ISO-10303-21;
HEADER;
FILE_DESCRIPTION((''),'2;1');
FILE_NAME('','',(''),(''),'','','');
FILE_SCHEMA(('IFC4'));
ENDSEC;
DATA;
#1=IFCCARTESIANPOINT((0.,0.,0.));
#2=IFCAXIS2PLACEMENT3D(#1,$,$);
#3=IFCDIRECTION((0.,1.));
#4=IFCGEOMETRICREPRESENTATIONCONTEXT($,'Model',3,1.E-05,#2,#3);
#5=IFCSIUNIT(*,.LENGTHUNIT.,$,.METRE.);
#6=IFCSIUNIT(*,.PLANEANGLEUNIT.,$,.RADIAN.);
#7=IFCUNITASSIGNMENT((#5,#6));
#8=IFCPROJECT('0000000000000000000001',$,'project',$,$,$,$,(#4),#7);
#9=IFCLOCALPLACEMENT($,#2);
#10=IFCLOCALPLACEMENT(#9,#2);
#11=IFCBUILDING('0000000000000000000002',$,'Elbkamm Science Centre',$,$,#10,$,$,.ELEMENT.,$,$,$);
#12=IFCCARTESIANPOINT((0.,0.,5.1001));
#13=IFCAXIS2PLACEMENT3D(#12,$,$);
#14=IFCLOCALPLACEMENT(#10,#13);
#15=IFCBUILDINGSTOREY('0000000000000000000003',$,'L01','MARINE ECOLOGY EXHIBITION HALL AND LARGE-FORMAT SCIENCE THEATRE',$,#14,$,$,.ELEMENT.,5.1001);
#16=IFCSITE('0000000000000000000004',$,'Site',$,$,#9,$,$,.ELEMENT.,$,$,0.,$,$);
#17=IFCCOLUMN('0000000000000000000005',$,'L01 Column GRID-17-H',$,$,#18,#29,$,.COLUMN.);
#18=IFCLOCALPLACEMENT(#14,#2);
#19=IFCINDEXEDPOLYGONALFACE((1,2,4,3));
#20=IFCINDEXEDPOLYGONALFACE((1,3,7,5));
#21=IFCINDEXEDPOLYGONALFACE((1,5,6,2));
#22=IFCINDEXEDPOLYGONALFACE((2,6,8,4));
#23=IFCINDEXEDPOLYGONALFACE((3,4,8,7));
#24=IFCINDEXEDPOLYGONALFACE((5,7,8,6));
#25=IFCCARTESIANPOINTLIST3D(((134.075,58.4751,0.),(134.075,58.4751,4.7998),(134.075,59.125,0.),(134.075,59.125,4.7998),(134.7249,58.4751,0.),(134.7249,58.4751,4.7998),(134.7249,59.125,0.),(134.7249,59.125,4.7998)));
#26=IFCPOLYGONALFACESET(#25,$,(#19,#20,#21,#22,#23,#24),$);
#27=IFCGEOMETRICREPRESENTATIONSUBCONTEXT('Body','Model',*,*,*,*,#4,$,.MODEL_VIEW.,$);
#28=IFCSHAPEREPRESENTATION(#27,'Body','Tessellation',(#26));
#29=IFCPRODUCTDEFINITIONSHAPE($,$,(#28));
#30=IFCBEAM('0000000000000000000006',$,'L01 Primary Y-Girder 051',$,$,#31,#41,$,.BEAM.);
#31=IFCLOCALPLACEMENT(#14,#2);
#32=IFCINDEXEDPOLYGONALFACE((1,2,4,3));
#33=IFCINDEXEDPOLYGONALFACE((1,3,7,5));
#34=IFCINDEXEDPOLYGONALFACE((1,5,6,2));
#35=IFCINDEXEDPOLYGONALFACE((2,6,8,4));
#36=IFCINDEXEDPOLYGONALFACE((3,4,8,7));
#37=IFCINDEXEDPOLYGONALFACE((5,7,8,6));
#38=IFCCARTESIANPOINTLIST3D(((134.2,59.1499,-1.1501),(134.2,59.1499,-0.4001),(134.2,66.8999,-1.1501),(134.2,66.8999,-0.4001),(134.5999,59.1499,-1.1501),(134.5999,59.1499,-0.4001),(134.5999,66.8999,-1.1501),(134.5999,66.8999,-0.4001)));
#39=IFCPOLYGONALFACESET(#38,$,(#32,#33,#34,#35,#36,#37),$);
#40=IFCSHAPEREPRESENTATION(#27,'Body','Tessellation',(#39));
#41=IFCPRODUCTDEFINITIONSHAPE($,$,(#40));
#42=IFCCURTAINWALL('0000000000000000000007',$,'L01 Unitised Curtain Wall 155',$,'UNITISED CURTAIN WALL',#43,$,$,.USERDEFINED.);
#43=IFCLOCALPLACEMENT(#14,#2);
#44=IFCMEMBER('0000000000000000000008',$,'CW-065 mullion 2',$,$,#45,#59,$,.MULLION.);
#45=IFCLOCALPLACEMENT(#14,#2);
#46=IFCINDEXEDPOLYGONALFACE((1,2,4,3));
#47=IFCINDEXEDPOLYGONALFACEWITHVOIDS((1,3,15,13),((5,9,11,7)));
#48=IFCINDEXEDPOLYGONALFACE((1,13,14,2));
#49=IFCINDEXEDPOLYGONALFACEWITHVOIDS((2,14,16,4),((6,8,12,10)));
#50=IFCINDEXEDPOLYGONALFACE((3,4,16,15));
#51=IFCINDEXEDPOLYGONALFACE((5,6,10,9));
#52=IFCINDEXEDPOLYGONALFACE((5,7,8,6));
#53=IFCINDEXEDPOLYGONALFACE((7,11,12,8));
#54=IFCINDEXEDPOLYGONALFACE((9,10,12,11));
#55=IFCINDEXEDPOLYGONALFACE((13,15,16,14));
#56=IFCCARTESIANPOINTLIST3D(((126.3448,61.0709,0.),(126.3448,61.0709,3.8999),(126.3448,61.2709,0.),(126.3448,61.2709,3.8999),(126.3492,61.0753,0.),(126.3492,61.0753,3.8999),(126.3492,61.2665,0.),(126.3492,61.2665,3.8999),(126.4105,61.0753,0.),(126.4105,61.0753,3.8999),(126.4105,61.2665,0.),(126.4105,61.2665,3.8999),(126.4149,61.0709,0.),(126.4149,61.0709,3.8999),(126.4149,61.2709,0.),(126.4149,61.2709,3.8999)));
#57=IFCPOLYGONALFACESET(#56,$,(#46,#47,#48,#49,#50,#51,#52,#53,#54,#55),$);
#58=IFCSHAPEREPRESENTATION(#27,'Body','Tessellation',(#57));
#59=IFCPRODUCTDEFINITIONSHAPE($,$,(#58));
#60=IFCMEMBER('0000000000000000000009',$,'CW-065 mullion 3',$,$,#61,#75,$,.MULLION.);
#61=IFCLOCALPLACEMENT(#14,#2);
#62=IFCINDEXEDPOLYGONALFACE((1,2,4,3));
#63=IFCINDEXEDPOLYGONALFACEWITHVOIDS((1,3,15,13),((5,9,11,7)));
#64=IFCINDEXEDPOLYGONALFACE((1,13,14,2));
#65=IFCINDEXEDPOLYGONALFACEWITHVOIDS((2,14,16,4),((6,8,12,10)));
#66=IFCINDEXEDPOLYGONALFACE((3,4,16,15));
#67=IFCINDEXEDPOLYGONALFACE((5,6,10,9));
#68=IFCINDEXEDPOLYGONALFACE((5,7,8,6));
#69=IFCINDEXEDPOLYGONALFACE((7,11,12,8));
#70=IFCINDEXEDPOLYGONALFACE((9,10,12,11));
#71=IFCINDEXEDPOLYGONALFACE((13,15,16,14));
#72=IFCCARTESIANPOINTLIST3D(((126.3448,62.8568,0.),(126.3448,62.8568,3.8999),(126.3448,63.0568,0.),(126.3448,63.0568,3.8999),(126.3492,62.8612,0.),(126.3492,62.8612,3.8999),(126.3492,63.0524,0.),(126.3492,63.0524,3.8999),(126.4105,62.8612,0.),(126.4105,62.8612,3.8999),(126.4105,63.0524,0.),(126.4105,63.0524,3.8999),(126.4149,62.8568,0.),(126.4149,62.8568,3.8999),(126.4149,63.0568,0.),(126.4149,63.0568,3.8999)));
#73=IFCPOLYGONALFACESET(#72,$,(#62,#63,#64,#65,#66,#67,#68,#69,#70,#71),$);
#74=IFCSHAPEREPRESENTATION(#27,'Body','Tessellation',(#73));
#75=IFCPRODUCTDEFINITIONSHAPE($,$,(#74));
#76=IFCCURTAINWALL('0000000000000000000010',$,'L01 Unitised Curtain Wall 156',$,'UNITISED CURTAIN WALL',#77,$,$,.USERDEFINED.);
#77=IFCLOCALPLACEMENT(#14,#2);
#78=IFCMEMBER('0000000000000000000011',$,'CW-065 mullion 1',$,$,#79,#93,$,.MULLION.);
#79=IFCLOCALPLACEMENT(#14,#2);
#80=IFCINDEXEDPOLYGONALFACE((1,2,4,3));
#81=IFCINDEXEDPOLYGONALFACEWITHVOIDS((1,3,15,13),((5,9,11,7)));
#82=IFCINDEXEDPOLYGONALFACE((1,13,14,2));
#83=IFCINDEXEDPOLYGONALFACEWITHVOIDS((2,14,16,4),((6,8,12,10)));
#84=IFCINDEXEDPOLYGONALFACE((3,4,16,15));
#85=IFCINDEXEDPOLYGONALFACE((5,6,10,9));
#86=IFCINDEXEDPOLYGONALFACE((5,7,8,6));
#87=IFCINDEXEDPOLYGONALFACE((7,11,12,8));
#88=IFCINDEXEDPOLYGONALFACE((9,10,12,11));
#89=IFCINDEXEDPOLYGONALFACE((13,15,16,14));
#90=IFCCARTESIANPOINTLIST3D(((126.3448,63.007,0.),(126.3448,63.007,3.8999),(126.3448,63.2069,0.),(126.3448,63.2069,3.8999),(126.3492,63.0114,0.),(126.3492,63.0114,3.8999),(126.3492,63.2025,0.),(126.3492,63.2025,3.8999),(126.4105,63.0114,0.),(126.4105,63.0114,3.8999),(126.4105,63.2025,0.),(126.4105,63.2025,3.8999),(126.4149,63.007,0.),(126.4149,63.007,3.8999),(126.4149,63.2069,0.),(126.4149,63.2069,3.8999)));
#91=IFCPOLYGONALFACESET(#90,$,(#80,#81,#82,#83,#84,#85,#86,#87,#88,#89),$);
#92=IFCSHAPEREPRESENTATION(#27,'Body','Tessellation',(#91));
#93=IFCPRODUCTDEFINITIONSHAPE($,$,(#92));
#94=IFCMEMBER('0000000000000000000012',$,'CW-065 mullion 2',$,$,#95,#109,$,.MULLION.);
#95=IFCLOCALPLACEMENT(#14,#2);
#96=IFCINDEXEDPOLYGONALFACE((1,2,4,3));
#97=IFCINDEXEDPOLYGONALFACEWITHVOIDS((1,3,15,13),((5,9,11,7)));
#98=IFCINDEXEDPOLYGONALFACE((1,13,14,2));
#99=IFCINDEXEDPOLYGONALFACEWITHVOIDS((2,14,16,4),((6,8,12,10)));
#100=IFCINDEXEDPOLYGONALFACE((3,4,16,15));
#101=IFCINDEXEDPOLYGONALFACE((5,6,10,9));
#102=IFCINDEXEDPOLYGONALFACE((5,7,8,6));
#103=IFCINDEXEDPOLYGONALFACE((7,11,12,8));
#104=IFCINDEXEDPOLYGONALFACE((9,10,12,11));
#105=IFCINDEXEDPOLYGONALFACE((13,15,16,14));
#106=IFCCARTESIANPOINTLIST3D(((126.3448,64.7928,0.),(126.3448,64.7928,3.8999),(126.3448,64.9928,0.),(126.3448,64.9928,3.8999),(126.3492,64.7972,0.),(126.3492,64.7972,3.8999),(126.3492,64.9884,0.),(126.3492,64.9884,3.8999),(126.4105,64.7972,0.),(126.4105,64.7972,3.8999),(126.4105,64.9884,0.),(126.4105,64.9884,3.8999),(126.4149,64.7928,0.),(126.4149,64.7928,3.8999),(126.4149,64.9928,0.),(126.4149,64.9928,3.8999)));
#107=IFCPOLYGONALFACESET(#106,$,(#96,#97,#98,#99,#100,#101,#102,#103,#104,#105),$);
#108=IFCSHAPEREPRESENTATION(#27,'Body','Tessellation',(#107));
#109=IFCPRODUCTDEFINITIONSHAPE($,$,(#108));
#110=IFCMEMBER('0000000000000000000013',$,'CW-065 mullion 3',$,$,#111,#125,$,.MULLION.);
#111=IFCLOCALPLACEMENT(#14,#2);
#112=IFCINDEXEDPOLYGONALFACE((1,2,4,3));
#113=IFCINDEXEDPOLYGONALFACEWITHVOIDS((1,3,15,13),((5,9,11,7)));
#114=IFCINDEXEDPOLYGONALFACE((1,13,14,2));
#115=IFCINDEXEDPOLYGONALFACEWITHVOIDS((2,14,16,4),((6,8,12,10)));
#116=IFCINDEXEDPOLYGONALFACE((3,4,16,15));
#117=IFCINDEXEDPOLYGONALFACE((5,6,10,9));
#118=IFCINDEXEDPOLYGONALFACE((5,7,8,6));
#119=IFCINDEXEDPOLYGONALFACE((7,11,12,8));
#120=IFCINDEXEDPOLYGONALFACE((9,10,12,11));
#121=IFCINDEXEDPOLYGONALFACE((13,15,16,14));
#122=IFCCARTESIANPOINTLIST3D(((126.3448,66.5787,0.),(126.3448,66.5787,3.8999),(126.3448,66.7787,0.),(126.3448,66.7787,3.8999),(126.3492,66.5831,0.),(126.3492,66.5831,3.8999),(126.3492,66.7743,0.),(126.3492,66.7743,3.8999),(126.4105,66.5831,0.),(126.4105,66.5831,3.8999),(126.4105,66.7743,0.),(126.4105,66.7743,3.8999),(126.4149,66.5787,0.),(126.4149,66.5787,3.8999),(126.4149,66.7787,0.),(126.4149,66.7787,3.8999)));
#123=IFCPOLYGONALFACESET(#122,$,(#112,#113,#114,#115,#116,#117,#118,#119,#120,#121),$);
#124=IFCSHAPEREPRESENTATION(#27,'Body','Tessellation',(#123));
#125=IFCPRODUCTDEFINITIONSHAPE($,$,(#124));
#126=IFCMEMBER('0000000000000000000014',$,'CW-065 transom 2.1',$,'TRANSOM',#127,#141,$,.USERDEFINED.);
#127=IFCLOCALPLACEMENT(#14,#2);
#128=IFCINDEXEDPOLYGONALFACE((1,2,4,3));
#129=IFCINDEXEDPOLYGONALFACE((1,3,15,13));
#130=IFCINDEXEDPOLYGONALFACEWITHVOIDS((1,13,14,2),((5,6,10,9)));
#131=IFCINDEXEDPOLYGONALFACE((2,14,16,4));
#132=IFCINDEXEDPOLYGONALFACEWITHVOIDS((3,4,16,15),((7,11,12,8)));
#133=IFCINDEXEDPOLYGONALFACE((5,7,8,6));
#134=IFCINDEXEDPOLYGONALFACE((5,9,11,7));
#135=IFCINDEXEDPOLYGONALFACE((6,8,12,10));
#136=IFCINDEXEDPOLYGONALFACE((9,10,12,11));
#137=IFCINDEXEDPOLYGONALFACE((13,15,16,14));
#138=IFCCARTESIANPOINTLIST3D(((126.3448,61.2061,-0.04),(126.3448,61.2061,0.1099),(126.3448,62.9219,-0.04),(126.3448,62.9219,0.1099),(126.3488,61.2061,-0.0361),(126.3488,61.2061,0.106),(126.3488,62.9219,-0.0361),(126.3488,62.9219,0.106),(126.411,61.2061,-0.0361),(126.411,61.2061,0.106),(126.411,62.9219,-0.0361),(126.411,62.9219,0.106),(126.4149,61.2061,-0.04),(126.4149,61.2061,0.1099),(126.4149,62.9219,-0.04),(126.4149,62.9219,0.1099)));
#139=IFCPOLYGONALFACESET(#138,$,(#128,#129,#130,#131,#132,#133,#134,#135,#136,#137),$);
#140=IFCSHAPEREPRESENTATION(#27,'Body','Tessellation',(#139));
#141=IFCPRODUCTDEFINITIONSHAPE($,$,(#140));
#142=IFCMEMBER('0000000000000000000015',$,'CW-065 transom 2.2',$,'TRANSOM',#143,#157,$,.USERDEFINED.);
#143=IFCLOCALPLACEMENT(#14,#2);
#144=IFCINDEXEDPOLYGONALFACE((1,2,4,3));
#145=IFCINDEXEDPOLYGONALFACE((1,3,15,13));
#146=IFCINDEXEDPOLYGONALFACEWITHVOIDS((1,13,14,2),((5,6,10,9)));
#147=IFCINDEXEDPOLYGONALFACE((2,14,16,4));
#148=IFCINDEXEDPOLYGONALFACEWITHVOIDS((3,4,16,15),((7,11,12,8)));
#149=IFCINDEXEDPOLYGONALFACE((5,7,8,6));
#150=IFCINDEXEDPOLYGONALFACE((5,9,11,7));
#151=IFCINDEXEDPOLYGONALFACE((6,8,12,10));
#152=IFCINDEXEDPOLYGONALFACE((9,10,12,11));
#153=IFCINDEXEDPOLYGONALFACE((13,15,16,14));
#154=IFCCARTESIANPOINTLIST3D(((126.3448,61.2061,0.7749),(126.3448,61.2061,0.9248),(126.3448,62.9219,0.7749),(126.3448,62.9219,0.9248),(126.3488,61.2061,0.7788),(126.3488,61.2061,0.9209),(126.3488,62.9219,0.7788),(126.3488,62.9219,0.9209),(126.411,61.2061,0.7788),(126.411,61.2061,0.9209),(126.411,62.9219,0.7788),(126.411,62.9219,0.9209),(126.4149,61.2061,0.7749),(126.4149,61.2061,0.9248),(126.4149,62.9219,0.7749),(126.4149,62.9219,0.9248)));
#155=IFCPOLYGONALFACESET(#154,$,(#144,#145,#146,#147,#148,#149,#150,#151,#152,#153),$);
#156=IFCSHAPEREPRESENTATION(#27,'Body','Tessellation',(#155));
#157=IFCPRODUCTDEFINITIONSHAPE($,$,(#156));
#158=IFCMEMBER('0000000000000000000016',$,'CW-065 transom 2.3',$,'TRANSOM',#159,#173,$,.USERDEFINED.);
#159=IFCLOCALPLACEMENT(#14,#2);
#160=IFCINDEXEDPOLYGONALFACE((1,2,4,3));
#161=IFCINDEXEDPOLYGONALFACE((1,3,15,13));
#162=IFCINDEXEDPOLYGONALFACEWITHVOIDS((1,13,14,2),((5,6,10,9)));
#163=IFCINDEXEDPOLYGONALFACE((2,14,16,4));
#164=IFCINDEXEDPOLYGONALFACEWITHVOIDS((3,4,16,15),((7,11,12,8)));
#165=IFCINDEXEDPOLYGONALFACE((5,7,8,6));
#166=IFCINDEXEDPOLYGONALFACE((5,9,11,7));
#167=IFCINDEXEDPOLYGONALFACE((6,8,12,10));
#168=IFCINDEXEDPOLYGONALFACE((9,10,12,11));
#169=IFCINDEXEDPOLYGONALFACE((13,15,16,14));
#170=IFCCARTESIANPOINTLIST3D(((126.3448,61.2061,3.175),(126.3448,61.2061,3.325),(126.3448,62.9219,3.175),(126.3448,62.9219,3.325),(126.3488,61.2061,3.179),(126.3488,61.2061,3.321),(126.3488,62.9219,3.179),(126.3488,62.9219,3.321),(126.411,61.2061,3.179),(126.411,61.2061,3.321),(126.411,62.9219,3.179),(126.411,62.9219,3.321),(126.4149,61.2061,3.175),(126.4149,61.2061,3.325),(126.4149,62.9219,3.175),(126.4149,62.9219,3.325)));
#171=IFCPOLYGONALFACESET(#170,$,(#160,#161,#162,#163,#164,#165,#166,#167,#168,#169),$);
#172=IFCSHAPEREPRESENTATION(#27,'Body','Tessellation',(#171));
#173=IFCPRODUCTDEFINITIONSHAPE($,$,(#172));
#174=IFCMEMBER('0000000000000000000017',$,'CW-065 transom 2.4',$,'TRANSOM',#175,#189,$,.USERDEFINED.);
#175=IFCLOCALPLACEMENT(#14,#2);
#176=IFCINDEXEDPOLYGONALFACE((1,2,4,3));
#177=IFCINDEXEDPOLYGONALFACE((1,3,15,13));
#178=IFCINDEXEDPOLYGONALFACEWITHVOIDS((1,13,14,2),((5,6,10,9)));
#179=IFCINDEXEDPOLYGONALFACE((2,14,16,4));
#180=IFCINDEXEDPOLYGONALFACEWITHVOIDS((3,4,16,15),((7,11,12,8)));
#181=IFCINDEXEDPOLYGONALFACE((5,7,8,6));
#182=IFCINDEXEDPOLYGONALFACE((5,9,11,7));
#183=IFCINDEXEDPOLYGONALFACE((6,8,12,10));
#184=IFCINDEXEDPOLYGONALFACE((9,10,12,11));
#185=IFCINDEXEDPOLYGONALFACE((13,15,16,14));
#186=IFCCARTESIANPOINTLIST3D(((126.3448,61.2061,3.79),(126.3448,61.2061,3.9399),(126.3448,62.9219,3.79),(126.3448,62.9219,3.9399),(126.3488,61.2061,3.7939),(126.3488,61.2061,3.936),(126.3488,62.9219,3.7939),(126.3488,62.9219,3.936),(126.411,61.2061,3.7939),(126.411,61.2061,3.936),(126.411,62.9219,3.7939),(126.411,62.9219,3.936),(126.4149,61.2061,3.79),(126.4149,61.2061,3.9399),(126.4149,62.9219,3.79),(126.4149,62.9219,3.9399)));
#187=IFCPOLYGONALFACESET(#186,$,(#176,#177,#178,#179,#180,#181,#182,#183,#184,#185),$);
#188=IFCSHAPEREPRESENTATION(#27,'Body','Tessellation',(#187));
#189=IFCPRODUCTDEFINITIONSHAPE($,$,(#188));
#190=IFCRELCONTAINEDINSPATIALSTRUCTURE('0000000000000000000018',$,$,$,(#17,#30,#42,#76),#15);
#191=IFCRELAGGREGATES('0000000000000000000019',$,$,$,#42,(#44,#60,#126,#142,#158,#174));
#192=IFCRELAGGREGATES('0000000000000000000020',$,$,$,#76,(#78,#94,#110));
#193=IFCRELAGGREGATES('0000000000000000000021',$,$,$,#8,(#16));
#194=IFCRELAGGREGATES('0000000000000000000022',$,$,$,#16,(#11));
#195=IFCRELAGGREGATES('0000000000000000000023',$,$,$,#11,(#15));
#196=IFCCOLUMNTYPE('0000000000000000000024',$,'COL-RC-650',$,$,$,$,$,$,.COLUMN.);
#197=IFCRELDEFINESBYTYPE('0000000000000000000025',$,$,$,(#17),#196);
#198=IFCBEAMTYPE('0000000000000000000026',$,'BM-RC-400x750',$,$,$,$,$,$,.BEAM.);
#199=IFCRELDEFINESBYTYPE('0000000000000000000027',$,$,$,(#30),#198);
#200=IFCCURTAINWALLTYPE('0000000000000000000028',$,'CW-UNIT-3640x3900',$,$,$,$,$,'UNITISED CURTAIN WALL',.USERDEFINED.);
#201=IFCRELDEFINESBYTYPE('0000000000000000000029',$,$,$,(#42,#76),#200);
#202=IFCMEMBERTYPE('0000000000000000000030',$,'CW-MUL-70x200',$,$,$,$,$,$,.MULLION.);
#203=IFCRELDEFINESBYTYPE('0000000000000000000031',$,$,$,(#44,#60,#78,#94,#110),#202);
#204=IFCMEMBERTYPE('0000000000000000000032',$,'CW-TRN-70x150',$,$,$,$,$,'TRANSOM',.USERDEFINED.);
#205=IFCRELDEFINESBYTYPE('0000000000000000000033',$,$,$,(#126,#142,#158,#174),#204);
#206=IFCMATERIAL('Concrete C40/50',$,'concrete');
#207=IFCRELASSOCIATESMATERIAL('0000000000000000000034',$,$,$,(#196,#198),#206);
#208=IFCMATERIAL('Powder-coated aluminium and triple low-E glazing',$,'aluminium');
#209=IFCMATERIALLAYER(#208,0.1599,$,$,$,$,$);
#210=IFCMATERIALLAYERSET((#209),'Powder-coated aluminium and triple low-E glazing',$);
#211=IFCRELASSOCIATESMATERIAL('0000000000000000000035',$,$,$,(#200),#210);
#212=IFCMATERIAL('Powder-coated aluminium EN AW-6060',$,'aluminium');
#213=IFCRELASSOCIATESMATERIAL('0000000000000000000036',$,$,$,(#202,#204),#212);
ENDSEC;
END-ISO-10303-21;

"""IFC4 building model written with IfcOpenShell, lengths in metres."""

from ifc_helpers import new_model, si_unit, direction, frame, origin, origin_2d, place, context, subcontext, project, spatial, rectangle, hollow_rectangle, extrude, material, layer, layer_set, material_profile, profile_set, type_object, element, aggregate, save


model = new_model("IFC4")

# Units and contexts
model_context = context("Model", 3, precision=1e-05, world=origin(), true_north=direction((0.0, 1.0)))
body_context = subcontext(model_context, "Body", "Model", "MODEL_VIEW")
ifc_project = project(units=[si_unit("LENGTHUNIT", "METRE"), si_unit("PLANEANGLEUNIT", "RADIAN")], contexts=[model_context])

# Site, building, storey
site_placement = place(None, origin())
site = spatial("IfcSite", under=ifc_project, at=site_placement, Name="Site", CompositionType="ELEMENT", RefElevation=0.0)
building_placement = place(site_placement, origin())
building = spatial("IfcBuilding", under=site, at=building_placement, Name="Elbkamm Science Centre", CompositionType="ELEMENT")
storey_placement = place(building_placement, frame((0.0, 0.0, 5.1001)))
storey = spatial("IfcBuildingStorey", under=building, at=storey_placement, Name="L01", Description="MARINE ECOLOGY EXHIBITION HALL AND LARGE-FORMAT SCIENCE THEATRE", CompositionType="ELEMENT", Elevation=5.1001)

# Column
ifc_material_1 = material(Name="Concrete C40/50", Category="concrete")
ifc_material_profile_1 = material_profile(ifc_material_1, rectangle(XDim=0.6499, YDim=0.6499, at=origin_2d()), Name="RC 650x650")
ifc_profile_set_1 = profile_set([ifc_material_profile_1], Name="Concrete C40/50")
column_type = type_object("IfcColumnType", Name="COL-RC-650", PredefinedType="COLUMN", material=ifc_profile_set_1)
column_placement = place(storey_placement, frame((134.3999, 58.8, 0.0), z_axis=(0.0, 0.0, 1.0), x_axis=(1.0, 0.0, 0.0)))
element("IfcColumn", 1, at=column_placement, inside=storey, type_object=column_type, Name="L01 Column GRID-17-H", PredefinedType="COLUMN", context=body_context, shape_type="SweptSolid", body=[
    extrude(rectangle(XDim=0.6499, YDim=0.6499, at=origin_2d()), origin(), (0.0, 0.0, 1.0), 4.7998),
])

# Beam
ifc_material_profile_2 = material_profile(ifc_material_1, rectangle(XDim=0.3999, YDim=0.75, at=origin_2d()), Name="RC 400x750")
ifc_profile_set_2 = profile_set([ifc_material_profile_2], Name="Concrete C40/50")
beam_type = type_object("IfcBeamType", Name="BM-RC-400x750", PredefinedType="BEAM", material=ifc_profile_set_2)
beam_placement = place(storey_placement, frame((134.3999, 59.1499, -0.7751), z_axis=(0.0, 1.0, 0.0), x_axis=(-1.0, 0.0, 0.0)))
element("IfcBeam", 2, at=beam_placement, inside=storey, type_object=beam_type, Name="L01 Primary Y-Girder 051", PredefinedType="BEAM", context=body_context, shape_type="SweptSolid", body=[
    extrude(rectangle(XDim=0.3999, YDim=0.75, at=origin_2d()), origin(), (0.0, 0.0, 1.0), 7.75),
])

# Curtain walls, members
ifc_material_2 = material(Name="Powder-coated aluminium and triple low-E glazing", Category="aluminium")
ifc_layer_1 = layer(ifc_material_2, 0.1599)
ifc_layer_set_1 = layer_set([ifc_layer_1], Name="Powder-coated aluminium and triple low-E glazing")
curtain_wall_type = type_object("IfcCurtainWallType", Name="CW-UNIT-3640x3900", ElementType="UNITISED CURTAIN WALL", PredefinedType="USERDEFINED", material=ifc_layer_set_1)
curtain_wall_1_placement = place(storey_placement, origin())
curtain_wall_1 = element("IfcCurtainWall", 3, at=curtain_wall_1_placement, inside=storey, type_object=curtain_wall_type, Name="L01 Unitised Curtain Wall 155", ObjectType="UNITISED CURTAIN WALL", PredefinedType="USERDEFINED")
ifc_material_3 = material(Name="Powder-coated aluminium EN AW-6060", Category="aluminium")
ifc_material_profile_3 = material_profile(ifc_material_3, hollow_rectangle(XDim=0.0701, YDim=0.2, WallThickness=0.0044, at=origin_2d()), Name="ALU M70x200")
ifc_profile_set_3 = profile_set([ifc_material_profile_3], Name="Powder-coated aluminium EN AW-6060")
member_type_1 = type_object("IfcMemberType", Name="CW-MUL-70x200", PredefinedType="MULLION", material=ifc_profile_set_3)
member_1_placement = place(storey_placement, frame((126.3799, 61.1709, 0.0), z_axis=(0.0, 0.0, 1.0), x_axis=(-1.0, 0.0, 0.0)))
member_1 = element("IfcMember", 4, at=member_1_placement, type_object=member_type_1, Name="CW-065 mullion 2", PredefinedType="MULLION", context=body_context, shape_type="SweptSolid", body=[
    extrude(hollow_rectangle(XDim=0.0701, YDim=0.2, WallThickness=0.0044, at=origin_2d()), origin(), (0.0, 0.0, 1.0), 3.8999),
])
member_2_placement = place(storey_placement, frame((126.3799, 62.9568, 0.0), z_axis=(0.0, 0.0, 1.0), x_axis=(-1.0, 0.0, 0.0)))
member_2 = element("IfcMember", 5, at=member_2_placement, type_object=member_type_1, Name="CW-065 mullion 3", PredefinedType="MULLION", context=body_context, shape_type="SweptSolid", body=[
    extrude(hollow_rectangle(XDim=0.0701, YDim=0.2, WallThickness=0.0044, at=origin_2d()), origin(), (0.0, 0.0, 1.0), 3.8999),
])
curtain_wall_2_placement = place(storey_placement, origin())
curtain_wall_2 = element("IfcCurtainWall", 6, at=curtain_wall_2_placement, inside=storey, type_object=curtain_wall_type, Name="L01 Unitised Curtain Wall 156", ObjectType="UNITISED CURTAIN WALL", PredefinedType="USERDEFINED")
member_3_placement = place(storey_placement, frame((126.3799, 63.1069, 0.0), z_axis=(0.0, 0.0, 1.0), x_axis=(-1.0, 0.0, 0.0)))
member_3 = element("IfcMember", 7, at=member_3_placement, type_object=member_type_1, Name="CW-065 mullion 1", PredefinedType="MULLION", context=body_context, shape_type="SweptSolid", body=[
    extrude(hollow_rectangle(XDim=0.0701, YDim=0.2, WallThickness=0.0044, at=origin_2d()), origin(), (0.0, 0.0, 1.0), 3.8999),
])
member_4_placement = place(storey_placement, frame((126.3799, 64.8928, 0.0), z_axis=(0.0, 0.0, 1.0), x_axis=(-1.0, 0.0, 0.0)))
member_4 = element("IfcMember", 8, at=member_4_placement, type_object=member_type_1, Name="CW-065 mullion 2", PredefinedType="MULLION", context=body_context, shape_type="SweptSolid", body=[
    extrude(hollow_rectangle(XDim=0.0701, YDim=0.2, WallThickness=0.0044, at=origin_2d()), origin(), (0.0, 0.0, 1.0), 3.8999),
])
member_5_placement = place(storey_placement, frame((126.3799, 66.6787, 0.0), z_axis=(0.0, 0.0, 1.0), x_axis=(-1.0, 0.0, 0.0)))
member_5 = element("IfcMember", 9, at=member_5_placement, type_object=member_type_1, Name="CW-065 mullion 3", PredefinedType="MULLION", context=body_context, shape_type="SweptSolid", body=[
    extrude(hollow_rectangle(XDim=0.0701, YDim=0.2, WallThickness=0.0044, at=origin_2d()), origin(), (0.0, 0.0, 1.0), 3.8999),
])

# Members
ifc_material_profile_4 = material_profile(ifc_material_3, hollow_rectangle(XDim=0.0701, YDim=0.1499, WallThickness=0.0039, at=origin_2d()), Name="ALU T70x150")
ifc_profile_set_4 = profile_set([ifc_material_profile_4], Name="Powder-coated aluminium EN AW-6060")
member_type_2 = type_object("IfcMemberType", Name="CW-TRN-70x150", ElementType="TRANSOM", PredefinedType="USERDEFINED", material=ifc_profile_set_4)
member_6_placement = place(storey_placement, frame((126.3799, 61.2061, 0.0349), z_axis=(0.0, 1.0, 0.0), x_axis=(-1.0, 0.0, 0.0)))
member_6 = element("IfcMember", 10, at=member_6_placement, type_object=member_type_2, Name="CW-065 transom 2.1", ObjectType="TRANSOM", PredefinedType="USERDEFINED", context=body_context, shape_type="SweptSolid", body=[
    extrude(hollow_rectangle(XDim=0.0701, YDim=0.1499, WallThickness=0.0039, at=origin_2d()), origin(), (0.0, 0.0, 1.0), 1.7158),
])
member_7_placement = place(storey_placement, frame((126.3799, 61.2061, 0.8499), z_axis=(0.0, 1.0, 0.0), x_axis=(-1.0, 0.0, 0.0)))
member_7 = element("IfcMember", 11, at=member_7_placement, type_object=member_type_2, Name="CW-065 transom 2.2", ObjectType="TRANSOM", PredefinedType="USERDEFINED", context=body_context, shape_type="SweptSolid", body=[
    extrude(hollow_rectangle(XDim=0.0701, YDim=0.1499, WallThickness=0.0039, at=origin_2d()), origin(), (0.0, 0.0, 1.0), 1.7158),
])
member_8_placement = place(storey_placement, frame((126.3799, 61.2061, 3.25), z_axis=(0.0, 1.0, 0.0), x_axis=(-1.0, 0.0, 0.0)))
member_8 = element("IfcMember", 12, at=member_8_placement, type_object=member_type_2, Name="CW-065 transom 2.3", ObjectType="TRANSOM", PredefinedType="USERDEFINED", context=body_context, shape_type="SweptSolid", body=[
    extrude(hollow_rectangle(XDim=0.0701, YDim=0.1499, WallThickness=0.0039, at=origin_2d()), origin(), (0.0, 0.0, 1.0), 1.7158),
])
member_9_placement = place(storey_placement, frame((126.3799, 61.2061, 3.865), z_axis=(0.0, 1.0, 0.0), x_axis=(-1.0, 0.0, 0.0)))
member_9 = element("IfcMember", 13, at=member_9_placement, type_object=member_type_2, Name="CW-065 transom 2.4", ObjectType="TRANSOM", PredefinedType="USERDEFINED", context=body_context, shape_type="SweptSolid", body=[
    extrude(hollow_rectangle(XDim=0.0701, YDim=0.1499, WallThickness=0.0039, at=origin_2d()), origin(), (0.0, 0.0, 1.0), 1.7158),
])

aggregate(curtain_wall_1, [member_1, member_2, member_6, member_7, member_8, member_9])
aggregate(curtain_wall_2, [member_3, member_4, member_5])

save(model, "model.ifc")
